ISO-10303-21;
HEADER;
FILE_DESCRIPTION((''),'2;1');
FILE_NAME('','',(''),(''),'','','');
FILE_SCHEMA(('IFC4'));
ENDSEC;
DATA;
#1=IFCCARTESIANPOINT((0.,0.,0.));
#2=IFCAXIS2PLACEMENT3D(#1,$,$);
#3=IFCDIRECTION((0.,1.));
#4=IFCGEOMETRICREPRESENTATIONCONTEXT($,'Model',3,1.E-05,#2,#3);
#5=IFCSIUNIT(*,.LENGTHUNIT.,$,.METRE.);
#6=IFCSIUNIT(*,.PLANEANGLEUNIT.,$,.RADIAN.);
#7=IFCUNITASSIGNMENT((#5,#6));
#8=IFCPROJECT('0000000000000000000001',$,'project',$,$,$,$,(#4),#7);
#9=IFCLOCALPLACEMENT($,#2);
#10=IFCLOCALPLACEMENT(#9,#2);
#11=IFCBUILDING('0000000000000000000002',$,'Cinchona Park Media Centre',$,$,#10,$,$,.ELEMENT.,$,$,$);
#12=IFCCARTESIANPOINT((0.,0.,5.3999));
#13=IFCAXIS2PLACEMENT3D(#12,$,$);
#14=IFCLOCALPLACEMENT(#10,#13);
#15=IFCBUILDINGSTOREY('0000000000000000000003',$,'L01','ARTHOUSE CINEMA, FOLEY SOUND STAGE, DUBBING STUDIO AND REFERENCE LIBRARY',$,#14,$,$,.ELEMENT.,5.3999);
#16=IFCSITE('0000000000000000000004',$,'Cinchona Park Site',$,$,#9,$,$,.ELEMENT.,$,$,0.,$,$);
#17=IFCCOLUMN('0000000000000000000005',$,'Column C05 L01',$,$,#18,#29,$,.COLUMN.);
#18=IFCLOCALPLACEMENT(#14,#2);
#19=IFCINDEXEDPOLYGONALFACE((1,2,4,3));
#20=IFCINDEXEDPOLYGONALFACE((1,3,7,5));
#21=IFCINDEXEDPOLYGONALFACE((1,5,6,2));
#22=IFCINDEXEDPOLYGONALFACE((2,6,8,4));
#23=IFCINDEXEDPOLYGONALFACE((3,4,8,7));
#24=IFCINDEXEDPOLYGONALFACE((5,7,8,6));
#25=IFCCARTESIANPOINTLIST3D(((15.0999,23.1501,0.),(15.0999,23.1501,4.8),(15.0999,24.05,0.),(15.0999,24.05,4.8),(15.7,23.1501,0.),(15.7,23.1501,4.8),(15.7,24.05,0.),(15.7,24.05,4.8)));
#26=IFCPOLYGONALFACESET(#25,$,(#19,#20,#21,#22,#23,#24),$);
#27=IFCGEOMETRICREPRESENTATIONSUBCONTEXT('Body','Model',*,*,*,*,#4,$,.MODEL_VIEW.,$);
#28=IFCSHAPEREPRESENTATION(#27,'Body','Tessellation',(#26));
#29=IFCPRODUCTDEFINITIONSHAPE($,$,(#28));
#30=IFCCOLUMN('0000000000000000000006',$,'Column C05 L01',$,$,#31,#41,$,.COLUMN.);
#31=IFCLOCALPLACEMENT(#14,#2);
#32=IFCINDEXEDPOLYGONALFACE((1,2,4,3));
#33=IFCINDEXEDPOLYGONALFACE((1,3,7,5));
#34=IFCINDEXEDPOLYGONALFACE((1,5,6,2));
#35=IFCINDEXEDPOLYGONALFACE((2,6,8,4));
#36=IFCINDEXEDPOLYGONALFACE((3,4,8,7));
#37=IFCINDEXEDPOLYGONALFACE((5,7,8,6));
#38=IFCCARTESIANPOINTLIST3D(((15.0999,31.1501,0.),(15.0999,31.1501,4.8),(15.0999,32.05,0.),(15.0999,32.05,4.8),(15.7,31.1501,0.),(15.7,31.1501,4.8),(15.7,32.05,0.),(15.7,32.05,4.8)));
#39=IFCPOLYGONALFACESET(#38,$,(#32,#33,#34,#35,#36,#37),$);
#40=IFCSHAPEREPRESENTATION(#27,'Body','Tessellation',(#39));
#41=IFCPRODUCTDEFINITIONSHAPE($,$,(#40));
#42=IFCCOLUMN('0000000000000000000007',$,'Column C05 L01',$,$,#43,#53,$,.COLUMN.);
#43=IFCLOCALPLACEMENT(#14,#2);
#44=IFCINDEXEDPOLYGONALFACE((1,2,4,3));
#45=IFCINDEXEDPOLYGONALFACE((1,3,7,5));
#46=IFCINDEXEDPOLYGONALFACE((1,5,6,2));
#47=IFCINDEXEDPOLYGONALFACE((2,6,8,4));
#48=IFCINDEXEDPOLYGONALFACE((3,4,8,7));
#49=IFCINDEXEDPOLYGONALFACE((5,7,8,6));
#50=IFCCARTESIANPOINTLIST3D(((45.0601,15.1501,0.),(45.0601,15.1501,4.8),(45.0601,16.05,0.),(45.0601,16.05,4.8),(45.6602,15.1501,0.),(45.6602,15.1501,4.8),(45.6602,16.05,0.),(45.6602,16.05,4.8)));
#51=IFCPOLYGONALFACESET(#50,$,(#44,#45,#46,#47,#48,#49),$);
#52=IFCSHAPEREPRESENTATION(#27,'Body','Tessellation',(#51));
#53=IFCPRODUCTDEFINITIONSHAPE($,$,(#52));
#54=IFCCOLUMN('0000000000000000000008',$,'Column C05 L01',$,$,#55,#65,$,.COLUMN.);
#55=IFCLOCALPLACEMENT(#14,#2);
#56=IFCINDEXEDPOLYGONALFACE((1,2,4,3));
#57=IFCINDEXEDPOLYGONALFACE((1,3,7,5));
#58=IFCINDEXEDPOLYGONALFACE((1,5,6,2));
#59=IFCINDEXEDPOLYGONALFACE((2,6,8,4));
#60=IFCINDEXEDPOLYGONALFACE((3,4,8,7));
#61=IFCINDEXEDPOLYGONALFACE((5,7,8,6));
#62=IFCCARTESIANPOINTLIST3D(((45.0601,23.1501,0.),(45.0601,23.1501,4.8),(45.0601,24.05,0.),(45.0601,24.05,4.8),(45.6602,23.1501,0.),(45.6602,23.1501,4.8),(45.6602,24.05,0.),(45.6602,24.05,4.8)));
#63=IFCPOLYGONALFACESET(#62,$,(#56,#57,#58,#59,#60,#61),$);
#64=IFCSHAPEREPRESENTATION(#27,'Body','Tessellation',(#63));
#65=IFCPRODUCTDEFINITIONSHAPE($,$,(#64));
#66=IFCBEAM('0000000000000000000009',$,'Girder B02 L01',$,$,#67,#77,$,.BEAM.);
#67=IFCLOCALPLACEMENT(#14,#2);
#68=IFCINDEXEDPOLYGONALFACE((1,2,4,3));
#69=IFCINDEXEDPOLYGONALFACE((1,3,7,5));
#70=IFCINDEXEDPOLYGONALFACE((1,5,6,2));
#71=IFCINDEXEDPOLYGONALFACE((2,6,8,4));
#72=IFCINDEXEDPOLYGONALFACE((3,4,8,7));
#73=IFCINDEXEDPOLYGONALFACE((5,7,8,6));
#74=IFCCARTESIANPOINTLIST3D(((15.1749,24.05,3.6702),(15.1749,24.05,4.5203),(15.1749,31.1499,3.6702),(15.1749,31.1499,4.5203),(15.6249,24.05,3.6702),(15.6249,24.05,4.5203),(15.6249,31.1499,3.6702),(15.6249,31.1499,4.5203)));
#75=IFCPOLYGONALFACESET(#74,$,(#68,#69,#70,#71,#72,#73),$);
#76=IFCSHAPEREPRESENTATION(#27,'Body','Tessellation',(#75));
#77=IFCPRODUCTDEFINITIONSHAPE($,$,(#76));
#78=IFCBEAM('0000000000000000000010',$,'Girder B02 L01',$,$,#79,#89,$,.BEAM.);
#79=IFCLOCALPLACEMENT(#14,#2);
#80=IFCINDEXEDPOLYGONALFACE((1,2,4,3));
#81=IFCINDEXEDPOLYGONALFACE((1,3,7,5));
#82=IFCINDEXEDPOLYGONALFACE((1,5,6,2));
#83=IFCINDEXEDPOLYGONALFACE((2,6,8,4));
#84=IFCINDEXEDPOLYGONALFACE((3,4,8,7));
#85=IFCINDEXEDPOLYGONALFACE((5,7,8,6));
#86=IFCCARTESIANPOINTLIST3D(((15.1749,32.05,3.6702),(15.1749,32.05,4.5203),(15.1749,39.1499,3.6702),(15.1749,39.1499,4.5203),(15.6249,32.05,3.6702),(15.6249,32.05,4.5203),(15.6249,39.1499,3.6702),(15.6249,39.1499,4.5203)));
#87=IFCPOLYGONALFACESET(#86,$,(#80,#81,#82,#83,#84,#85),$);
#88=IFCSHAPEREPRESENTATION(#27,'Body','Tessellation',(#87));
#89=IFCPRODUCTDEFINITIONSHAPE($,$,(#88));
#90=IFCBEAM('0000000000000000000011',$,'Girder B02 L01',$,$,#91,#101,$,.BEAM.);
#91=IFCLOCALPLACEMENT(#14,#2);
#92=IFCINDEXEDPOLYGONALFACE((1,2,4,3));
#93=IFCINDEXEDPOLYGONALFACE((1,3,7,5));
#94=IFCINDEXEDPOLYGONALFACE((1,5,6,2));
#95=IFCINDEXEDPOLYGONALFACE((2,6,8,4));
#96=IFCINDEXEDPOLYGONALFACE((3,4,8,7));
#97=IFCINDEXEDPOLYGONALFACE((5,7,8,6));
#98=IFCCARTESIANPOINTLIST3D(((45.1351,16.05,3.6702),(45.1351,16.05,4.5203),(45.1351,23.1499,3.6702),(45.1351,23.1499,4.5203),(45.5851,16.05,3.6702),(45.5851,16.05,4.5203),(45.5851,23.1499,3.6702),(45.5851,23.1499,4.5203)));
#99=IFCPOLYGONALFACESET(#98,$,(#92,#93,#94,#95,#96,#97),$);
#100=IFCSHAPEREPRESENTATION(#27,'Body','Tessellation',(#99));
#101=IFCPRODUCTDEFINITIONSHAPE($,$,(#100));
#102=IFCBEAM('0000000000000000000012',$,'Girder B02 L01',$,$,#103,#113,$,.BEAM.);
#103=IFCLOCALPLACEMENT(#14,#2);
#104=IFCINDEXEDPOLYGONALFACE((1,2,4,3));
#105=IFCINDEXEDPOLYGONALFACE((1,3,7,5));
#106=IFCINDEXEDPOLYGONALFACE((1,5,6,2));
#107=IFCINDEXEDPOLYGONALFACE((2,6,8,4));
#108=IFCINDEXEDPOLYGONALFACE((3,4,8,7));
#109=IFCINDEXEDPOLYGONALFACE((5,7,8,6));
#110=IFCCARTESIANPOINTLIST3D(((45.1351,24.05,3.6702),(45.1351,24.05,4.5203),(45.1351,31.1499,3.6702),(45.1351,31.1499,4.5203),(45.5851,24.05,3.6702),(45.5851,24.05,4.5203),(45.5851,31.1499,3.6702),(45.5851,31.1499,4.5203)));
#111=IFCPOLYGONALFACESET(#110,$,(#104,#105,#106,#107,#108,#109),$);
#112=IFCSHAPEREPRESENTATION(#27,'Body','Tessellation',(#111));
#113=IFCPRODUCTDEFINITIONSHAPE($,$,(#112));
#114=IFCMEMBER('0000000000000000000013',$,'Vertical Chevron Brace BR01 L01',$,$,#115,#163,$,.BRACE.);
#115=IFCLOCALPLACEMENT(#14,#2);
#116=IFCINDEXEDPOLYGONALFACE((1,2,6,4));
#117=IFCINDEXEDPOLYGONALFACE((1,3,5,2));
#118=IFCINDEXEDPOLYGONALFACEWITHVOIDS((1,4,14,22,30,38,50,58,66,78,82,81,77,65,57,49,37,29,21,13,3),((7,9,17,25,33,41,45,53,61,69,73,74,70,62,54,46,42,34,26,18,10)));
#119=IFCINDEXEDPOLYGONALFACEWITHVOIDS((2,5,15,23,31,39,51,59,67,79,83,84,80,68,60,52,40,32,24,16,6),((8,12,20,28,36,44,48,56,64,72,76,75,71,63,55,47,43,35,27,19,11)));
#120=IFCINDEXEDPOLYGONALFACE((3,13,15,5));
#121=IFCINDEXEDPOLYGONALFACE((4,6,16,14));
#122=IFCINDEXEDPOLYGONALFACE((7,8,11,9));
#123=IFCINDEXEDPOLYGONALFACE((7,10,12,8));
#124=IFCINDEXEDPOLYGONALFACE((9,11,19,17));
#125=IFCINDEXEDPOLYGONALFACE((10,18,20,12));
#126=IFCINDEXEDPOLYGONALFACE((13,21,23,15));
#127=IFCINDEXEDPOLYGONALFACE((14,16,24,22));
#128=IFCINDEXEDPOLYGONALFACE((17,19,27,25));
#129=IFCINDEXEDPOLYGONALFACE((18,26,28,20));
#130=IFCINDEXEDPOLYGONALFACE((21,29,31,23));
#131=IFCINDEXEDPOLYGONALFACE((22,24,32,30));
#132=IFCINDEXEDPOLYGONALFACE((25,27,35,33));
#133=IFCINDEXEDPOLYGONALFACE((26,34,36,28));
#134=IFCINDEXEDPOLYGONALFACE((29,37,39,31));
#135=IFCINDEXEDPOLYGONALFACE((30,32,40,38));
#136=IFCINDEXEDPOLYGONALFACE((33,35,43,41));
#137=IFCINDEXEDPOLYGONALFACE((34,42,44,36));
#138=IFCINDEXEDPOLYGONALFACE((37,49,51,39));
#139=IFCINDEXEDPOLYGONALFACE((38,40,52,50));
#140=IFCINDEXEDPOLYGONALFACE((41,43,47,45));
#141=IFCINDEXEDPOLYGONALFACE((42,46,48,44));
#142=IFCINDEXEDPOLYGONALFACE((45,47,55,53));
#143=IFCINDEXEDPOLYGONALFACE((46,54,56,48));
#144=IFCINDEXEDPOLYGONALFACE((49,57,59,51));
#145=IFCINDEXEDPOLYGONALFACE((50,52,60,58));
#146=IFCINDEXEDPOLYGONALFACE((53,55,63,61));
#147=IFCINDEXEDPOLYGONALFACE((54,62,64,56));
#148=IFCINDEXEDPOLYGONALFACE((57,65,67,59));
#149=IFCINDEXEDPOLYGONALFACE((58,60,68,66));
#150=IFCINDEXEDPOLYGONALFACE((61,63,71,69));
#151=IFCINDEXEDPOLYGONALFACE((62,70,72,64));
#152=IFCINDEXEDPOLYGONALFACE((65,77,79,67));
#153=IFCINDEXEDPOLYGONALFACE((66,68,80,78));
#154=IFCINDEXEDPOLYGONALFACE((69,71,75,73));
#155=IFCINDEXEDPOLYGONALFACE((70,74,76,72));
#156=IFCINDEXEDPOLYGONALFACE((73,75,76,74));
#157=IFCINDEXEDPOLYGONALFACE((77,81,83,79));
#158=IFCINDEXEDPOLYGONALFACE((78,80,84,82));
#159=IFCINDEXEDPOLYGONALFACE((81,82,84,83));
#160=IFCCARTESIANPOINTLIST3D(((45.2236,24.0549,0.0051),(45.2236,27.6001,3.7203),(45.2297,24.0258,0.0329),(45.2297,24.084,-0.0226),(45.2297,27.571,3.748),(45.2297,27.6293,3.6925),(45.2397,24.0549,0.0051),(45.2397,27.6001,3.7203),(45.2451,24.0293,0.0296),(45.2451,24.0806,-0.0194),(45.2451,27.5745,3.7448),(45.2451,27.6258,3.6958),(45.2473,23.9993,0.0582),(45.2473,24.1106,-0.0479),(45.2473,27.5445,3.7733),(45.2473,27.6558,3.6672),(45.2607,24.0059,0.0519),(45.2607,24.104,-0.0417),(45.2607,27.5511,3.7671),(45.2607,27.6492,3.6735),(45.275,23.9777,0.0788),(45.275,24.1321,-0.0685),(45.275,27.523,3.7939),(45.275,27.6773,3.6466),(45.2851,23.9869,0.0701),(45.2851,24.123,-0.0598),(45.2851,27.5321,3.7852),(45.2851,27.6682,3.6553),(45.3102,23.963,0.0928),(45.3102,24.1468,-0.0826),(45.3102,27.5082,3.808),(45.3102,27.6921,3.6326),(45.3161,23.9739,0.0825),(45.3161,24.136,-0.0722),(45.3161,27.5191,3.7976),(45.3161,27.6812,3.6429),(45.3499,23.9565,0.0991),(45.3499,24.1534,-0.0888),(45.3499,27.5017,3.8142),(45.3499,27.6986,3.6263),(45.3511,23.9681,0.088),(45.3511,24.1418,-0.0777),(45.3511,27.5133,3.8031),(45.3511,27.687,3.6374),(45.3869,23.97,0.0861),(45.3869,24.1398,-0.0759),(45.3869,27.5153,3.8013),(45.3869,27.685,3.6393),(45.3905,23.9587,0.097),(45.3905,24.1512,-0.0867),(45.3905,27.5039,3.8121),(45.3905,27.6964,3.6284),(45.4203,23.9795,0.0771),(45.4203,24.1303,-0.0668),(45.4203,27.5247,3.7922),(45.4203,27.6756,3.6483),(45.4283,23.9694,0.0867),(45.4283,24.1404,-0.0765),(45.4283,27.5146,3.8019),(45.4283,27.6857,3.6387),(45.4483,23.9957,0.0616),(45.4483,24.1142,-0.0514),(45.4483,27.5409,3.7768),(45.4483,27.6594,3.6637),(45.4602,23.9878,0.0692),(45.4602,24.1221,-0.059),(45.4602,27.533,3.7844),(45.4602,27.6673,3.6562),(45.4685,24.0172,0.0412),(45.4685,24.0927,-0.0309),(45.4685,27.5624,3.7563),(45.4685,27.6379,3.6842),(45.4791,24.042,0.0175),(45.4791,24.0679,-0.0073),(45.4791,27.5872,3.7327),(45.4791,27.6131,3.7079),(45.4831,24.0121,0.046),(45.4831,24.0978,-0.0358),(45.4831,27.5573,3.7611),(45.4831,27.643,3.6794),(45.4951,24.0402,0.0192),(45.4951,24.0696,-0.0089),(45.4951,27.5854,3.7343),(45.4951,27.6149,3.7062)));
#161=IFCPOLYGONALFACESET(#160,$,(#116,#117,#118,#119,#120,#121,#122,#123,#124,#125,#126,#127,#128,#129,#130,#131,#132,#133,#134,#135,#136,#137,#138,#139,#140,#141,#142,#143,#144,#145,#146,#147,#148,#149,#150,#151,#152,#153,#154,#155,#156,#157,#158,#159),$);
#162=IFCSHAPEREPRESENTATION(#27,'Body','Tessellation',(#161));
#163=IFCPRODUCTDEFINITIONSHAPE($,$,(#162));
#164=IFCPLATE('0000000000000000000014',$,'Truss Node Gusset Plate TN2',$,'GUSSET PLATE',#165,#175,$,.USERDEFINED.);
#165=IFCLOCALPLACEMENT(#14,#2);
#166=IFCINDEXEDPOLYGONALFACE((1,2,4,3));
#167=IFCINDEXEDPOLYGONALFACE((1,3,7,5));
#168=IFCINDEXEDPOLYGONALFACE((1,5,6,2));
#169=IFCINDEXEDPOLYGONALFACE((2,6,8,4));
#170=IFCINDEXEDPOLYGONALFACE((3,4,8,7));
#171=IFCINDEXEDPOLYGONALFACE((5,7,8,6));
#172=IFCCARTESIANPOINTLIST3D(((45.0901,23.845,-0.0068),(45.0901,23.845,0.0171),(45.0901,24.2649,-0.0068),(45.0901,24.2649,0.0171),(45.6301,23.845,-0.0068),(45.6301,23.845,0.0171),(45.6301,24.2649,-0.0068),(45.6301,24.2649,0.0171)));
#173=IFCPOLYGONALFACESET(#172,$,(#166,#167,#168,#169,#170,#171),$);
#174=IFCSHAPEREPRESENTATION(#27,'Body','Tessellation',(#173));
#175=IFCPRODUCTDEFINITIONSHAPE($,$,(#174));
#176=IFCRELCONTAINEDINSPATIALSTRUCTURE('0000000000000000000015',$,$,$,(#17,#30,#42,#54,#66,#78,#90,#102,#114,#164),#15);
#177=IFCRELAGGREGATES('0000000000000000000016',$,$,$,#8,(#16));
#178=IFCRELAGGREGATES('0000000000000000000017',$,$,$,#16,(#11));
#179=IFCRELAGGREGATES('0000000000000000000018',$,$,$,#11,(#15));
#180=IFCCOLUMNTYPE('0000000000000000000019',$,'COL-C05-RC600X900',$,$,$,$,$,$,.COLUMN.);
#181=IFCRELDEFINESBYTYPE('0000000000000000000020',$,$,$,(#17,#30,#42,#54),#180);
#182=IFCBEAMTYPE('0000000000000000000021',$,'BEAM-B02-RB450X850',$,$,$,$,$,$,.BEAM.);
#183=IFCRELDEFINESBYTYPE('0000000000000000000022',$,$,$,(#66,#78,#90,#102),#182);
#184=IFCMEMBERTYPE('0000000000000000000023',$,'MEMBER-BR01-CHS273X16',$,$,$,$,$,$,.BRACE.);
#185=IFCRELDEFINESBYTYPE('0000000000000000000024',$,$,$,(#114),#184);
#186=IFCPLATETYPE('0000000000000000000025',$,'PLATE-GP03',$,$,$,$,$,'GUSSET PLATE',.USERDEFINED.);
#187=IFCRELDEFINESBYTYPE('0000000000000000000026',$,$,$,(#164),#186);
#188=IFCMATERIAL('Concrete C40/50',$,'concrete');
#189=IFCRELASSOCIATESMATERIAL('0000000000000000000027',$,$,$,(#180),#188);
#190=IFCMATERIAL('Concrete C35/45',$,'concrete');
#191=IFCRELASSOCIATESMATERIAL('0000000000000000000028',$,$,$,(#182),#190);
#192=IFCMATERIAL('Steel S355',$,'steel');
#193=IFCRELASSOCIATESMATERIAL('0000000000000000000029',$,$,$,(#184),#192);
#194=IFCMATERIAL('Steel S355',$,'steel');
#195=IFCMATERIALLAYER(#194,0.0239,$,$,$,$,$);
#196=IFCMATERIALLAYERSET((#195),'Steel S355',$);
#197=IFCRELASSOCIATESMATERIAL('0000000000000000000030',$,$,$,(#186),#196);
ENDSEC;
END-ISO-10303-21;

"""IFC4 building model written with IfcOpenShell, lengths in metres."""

from ifc_helpers import new_model, si_unit, direction, frame, origin, origin_2d, place, context, subcontext, project, spatial, rectangle, hollow_circle, extrude, material, layer, layer_set, material_profile, profile_set, type_object, element, save


model = new_model("IFC4")

# Units and contexts
model_context = context("Model", 3, precision=1e-05, world=origin(), true_north=direction((0.0, 1.0)))
body_context = subcontext(model_context, "Body", "Model", "MODEL_VIEW")
ifc_project = project(units=[si_unit("LENGTHUNIT", "METRE"), si_unit("PLANEANGLEUNIT", "RADIAN")], contexts=[model_context])

# Site, building, storey
site_placement = place(None, origin())
site = spatial("IfcSite", under=ifc_project, at=site_placement, Name="Cinchona Park Site", CompositionType="ELEMENT", RefElevation=0.0)
building_placement = place(site_placement, origin())
building = spatial("IfcBuilding", under=site, at=building_placement, Name="Cinchona Park Media Centre", CompositionType="ELEMENT")
storey_placement = place(building_placement, frame((0.0, 0.0, 5.3999)))
storey = spatial("IfcBuildingStorey", under=building, at=storey_placement, Name="L01", Description="ARTHOUSE CINEMA, FOLEY SOUND STAGE, DUBBING STUDIO AND REFERENCE LIBRARY", CompositionType="ELEMENT", Elevation=5.3999)

# Columns
ifc_material_1 = material(Name="Concrete C40/50", Category="concrete")
ifc_material_profile_1 = material_profile(ifc_material_1, rectangle(XDim=0.6001, YDim=0.8999, at=origin_2d()), Name="RC 600X900")
ifc_profile_set_1 = profile_set([ifc_material_profile_1], Name="Concrete C40/50")
column_type = type_object("IfcColumnType", Name="COL-C05-RC600X900", PredefinedType="COLUMN", material=ifc_profile_set_1)
for number, where, z_axis, x_axis, name in (
    (1, (15.3999, 23.6001, 0.0), (0.0, 0.0, 1.0), (1.0, 0.0, 0.0), "Column C05 L01"),
    (2, (15.3999, 31.6001, 0.0), (0.0, 0.0, 1.0), (1.0, 0.0, 0.0), "Column C05 L01"),
    (3, (45.3601, 15.6001, 0.0), (0.0, 0.0, 1.0), (1.0, 0.0, 0.0), "Column C05 L01"),
    (4, (45.3601, 23.6001, 0.0), (0.0, 0.0, 1.0), (1.0, 0.0, 0.0), "Column C05 L01"),
):
    element("IfcColumn", number, at=place(storey_placement, frame(where, z_axis=z_axis, x_axis=x_axis)), inside=storey, type_object=column_type, Name=name, PredefinedType="COLUMN", context=body_context, shape_type="SweptSolid", body=[
        extrude(rectangle(XDim=0.6001, YDim=0.8999, at=origin_2d()), origin(), (0.0, 0.0, 1.0), 4.8),
    ])

# Beams
ifc_material_2 = material(Name="Concrete C35/45", Category="concrete")
ifc_material_profile_2 = material_profile(ifc_material_2, rectangle(XDim=0.45, YDim=0.8501, at=origin_2d()), Name="RB 450X850")
ifc_profile_set_2 = profile_set([ifc_material_profile_2], Name="Concrete C35/45")
beam_type = type_object("IfcBeamType", Name="BEAM-B02-RB450X850", PredefinedType="BEAM", material=ifc_profile_set_2)
for number, where, z_axis, x_axis, name in (
    (5, (15.3999, 24.05, 4.0952), (0.0, 1.0, 0.0), (-1.0, 0.0, 0.0), "Girder B02 L01"),
    (6, (15.3999, 32.05, 4.0952), (0.0, 1.0, 0.0), (-1.0, 0.0, 0.0), "Girder B02 L01"),
    (7, (45.3601, 16.05, 4.0952), (0.0, 1.0, 0.0), (-1.0, 0.0, 0.0), "Girder B02 L01"),
    (8, (45.3601, 24.05, 4.0952), (0.0, 1.0, 0.0), (-1.0, 0.0, 0.0), "Girder B02 L01"),
):
    element("IfcBeam", number, at=place(storey_placement, frame(where, z_axis=z_axis, x_axis=x_axis)), inside=storey, type_object=beam_type, Name=name, PredefinedType="BEAM", context=body_context, shape_type="SweptSolid", body=[
        extrude(rectangle(XDim=0.45, YDim=0.8501, at=origin_2d()), origin(), (0.0, 0.0, 1.0), 7.0999),
    ])

# Member
ifc_material_3 = material(Name="Steel S355", Category="steel")
ifc_material_profile_3 = material_profile(ifc_material_3, hollow_circle(Radius=0.1365, WallThickness=0.0161, at=origin_2d()), Name="273X16CHS")
ifc_profile_set_3 = profile_set([ifc_material_profile_3], Name="Steel S355")
member_type = type_object("IfcMemberType", Name="MEMBER-BR01-CHS273X16", PredefinedType="BRACE", material=ifc_profile_set_3)
member_placement = place(storey_placement, frame((45.3601, 24.0549, 0.0051), z_axis=(0.0, 0.690368, 0.723458), x_axis=(-1.0, 0.0, 0.0)))
element("IfcMember", 9, at=member_placement, inside=storey, type_object=member_type, Name="Vertical Chevron Brace BR01 L01", PredefinedType="BRACE", context=body_context, shape_type="SweptSolid", body=[
    extrude(hollow_circle(Radius=0.1365, WallThickness=0.0161, at=origin_2d()), origin(), (0.0, 0.0, 1.0), 5.1353),
])

# Plate
ifc_material_4 = material(Name="Steel S355", Category="steel")
ifc_layer_1 = layer(ifc_material_4, 0.0239)
ifc_layer_set_1 = layer_set([ifc_layer_1], Name="Steel S355")
plate_type = type_object("IfcPlateType", Name="PLATE-GP03", ElementType="GUSSET PLATE", PredefinedType="USERDEFINED", material=ifc_layer_set_1)
plate_placement = place(storey_placement, frame((45.3601, 24.0549, -0.0068), z_axis=(0.0, 0.0, 1.0), x_axis=(1.0, 0.0, 0.0)))
element("IfcPlate", 10, at=plate_placement, inside=storey, type_object=plate_type, Name="Truss Node Gusset Plate TN2", ObjectType="GUSSET PLATE", PredefinedType="USERDEFINED", context=body_context, shape_type="SweptSolid", body=[
    extrude(rectangle(XDim=0.54, YDim=0.4199, at=origin_2d()), origin(), (0.0, 0.0, 1.0), 0.0239),
])

save(model, "model.ifc")
